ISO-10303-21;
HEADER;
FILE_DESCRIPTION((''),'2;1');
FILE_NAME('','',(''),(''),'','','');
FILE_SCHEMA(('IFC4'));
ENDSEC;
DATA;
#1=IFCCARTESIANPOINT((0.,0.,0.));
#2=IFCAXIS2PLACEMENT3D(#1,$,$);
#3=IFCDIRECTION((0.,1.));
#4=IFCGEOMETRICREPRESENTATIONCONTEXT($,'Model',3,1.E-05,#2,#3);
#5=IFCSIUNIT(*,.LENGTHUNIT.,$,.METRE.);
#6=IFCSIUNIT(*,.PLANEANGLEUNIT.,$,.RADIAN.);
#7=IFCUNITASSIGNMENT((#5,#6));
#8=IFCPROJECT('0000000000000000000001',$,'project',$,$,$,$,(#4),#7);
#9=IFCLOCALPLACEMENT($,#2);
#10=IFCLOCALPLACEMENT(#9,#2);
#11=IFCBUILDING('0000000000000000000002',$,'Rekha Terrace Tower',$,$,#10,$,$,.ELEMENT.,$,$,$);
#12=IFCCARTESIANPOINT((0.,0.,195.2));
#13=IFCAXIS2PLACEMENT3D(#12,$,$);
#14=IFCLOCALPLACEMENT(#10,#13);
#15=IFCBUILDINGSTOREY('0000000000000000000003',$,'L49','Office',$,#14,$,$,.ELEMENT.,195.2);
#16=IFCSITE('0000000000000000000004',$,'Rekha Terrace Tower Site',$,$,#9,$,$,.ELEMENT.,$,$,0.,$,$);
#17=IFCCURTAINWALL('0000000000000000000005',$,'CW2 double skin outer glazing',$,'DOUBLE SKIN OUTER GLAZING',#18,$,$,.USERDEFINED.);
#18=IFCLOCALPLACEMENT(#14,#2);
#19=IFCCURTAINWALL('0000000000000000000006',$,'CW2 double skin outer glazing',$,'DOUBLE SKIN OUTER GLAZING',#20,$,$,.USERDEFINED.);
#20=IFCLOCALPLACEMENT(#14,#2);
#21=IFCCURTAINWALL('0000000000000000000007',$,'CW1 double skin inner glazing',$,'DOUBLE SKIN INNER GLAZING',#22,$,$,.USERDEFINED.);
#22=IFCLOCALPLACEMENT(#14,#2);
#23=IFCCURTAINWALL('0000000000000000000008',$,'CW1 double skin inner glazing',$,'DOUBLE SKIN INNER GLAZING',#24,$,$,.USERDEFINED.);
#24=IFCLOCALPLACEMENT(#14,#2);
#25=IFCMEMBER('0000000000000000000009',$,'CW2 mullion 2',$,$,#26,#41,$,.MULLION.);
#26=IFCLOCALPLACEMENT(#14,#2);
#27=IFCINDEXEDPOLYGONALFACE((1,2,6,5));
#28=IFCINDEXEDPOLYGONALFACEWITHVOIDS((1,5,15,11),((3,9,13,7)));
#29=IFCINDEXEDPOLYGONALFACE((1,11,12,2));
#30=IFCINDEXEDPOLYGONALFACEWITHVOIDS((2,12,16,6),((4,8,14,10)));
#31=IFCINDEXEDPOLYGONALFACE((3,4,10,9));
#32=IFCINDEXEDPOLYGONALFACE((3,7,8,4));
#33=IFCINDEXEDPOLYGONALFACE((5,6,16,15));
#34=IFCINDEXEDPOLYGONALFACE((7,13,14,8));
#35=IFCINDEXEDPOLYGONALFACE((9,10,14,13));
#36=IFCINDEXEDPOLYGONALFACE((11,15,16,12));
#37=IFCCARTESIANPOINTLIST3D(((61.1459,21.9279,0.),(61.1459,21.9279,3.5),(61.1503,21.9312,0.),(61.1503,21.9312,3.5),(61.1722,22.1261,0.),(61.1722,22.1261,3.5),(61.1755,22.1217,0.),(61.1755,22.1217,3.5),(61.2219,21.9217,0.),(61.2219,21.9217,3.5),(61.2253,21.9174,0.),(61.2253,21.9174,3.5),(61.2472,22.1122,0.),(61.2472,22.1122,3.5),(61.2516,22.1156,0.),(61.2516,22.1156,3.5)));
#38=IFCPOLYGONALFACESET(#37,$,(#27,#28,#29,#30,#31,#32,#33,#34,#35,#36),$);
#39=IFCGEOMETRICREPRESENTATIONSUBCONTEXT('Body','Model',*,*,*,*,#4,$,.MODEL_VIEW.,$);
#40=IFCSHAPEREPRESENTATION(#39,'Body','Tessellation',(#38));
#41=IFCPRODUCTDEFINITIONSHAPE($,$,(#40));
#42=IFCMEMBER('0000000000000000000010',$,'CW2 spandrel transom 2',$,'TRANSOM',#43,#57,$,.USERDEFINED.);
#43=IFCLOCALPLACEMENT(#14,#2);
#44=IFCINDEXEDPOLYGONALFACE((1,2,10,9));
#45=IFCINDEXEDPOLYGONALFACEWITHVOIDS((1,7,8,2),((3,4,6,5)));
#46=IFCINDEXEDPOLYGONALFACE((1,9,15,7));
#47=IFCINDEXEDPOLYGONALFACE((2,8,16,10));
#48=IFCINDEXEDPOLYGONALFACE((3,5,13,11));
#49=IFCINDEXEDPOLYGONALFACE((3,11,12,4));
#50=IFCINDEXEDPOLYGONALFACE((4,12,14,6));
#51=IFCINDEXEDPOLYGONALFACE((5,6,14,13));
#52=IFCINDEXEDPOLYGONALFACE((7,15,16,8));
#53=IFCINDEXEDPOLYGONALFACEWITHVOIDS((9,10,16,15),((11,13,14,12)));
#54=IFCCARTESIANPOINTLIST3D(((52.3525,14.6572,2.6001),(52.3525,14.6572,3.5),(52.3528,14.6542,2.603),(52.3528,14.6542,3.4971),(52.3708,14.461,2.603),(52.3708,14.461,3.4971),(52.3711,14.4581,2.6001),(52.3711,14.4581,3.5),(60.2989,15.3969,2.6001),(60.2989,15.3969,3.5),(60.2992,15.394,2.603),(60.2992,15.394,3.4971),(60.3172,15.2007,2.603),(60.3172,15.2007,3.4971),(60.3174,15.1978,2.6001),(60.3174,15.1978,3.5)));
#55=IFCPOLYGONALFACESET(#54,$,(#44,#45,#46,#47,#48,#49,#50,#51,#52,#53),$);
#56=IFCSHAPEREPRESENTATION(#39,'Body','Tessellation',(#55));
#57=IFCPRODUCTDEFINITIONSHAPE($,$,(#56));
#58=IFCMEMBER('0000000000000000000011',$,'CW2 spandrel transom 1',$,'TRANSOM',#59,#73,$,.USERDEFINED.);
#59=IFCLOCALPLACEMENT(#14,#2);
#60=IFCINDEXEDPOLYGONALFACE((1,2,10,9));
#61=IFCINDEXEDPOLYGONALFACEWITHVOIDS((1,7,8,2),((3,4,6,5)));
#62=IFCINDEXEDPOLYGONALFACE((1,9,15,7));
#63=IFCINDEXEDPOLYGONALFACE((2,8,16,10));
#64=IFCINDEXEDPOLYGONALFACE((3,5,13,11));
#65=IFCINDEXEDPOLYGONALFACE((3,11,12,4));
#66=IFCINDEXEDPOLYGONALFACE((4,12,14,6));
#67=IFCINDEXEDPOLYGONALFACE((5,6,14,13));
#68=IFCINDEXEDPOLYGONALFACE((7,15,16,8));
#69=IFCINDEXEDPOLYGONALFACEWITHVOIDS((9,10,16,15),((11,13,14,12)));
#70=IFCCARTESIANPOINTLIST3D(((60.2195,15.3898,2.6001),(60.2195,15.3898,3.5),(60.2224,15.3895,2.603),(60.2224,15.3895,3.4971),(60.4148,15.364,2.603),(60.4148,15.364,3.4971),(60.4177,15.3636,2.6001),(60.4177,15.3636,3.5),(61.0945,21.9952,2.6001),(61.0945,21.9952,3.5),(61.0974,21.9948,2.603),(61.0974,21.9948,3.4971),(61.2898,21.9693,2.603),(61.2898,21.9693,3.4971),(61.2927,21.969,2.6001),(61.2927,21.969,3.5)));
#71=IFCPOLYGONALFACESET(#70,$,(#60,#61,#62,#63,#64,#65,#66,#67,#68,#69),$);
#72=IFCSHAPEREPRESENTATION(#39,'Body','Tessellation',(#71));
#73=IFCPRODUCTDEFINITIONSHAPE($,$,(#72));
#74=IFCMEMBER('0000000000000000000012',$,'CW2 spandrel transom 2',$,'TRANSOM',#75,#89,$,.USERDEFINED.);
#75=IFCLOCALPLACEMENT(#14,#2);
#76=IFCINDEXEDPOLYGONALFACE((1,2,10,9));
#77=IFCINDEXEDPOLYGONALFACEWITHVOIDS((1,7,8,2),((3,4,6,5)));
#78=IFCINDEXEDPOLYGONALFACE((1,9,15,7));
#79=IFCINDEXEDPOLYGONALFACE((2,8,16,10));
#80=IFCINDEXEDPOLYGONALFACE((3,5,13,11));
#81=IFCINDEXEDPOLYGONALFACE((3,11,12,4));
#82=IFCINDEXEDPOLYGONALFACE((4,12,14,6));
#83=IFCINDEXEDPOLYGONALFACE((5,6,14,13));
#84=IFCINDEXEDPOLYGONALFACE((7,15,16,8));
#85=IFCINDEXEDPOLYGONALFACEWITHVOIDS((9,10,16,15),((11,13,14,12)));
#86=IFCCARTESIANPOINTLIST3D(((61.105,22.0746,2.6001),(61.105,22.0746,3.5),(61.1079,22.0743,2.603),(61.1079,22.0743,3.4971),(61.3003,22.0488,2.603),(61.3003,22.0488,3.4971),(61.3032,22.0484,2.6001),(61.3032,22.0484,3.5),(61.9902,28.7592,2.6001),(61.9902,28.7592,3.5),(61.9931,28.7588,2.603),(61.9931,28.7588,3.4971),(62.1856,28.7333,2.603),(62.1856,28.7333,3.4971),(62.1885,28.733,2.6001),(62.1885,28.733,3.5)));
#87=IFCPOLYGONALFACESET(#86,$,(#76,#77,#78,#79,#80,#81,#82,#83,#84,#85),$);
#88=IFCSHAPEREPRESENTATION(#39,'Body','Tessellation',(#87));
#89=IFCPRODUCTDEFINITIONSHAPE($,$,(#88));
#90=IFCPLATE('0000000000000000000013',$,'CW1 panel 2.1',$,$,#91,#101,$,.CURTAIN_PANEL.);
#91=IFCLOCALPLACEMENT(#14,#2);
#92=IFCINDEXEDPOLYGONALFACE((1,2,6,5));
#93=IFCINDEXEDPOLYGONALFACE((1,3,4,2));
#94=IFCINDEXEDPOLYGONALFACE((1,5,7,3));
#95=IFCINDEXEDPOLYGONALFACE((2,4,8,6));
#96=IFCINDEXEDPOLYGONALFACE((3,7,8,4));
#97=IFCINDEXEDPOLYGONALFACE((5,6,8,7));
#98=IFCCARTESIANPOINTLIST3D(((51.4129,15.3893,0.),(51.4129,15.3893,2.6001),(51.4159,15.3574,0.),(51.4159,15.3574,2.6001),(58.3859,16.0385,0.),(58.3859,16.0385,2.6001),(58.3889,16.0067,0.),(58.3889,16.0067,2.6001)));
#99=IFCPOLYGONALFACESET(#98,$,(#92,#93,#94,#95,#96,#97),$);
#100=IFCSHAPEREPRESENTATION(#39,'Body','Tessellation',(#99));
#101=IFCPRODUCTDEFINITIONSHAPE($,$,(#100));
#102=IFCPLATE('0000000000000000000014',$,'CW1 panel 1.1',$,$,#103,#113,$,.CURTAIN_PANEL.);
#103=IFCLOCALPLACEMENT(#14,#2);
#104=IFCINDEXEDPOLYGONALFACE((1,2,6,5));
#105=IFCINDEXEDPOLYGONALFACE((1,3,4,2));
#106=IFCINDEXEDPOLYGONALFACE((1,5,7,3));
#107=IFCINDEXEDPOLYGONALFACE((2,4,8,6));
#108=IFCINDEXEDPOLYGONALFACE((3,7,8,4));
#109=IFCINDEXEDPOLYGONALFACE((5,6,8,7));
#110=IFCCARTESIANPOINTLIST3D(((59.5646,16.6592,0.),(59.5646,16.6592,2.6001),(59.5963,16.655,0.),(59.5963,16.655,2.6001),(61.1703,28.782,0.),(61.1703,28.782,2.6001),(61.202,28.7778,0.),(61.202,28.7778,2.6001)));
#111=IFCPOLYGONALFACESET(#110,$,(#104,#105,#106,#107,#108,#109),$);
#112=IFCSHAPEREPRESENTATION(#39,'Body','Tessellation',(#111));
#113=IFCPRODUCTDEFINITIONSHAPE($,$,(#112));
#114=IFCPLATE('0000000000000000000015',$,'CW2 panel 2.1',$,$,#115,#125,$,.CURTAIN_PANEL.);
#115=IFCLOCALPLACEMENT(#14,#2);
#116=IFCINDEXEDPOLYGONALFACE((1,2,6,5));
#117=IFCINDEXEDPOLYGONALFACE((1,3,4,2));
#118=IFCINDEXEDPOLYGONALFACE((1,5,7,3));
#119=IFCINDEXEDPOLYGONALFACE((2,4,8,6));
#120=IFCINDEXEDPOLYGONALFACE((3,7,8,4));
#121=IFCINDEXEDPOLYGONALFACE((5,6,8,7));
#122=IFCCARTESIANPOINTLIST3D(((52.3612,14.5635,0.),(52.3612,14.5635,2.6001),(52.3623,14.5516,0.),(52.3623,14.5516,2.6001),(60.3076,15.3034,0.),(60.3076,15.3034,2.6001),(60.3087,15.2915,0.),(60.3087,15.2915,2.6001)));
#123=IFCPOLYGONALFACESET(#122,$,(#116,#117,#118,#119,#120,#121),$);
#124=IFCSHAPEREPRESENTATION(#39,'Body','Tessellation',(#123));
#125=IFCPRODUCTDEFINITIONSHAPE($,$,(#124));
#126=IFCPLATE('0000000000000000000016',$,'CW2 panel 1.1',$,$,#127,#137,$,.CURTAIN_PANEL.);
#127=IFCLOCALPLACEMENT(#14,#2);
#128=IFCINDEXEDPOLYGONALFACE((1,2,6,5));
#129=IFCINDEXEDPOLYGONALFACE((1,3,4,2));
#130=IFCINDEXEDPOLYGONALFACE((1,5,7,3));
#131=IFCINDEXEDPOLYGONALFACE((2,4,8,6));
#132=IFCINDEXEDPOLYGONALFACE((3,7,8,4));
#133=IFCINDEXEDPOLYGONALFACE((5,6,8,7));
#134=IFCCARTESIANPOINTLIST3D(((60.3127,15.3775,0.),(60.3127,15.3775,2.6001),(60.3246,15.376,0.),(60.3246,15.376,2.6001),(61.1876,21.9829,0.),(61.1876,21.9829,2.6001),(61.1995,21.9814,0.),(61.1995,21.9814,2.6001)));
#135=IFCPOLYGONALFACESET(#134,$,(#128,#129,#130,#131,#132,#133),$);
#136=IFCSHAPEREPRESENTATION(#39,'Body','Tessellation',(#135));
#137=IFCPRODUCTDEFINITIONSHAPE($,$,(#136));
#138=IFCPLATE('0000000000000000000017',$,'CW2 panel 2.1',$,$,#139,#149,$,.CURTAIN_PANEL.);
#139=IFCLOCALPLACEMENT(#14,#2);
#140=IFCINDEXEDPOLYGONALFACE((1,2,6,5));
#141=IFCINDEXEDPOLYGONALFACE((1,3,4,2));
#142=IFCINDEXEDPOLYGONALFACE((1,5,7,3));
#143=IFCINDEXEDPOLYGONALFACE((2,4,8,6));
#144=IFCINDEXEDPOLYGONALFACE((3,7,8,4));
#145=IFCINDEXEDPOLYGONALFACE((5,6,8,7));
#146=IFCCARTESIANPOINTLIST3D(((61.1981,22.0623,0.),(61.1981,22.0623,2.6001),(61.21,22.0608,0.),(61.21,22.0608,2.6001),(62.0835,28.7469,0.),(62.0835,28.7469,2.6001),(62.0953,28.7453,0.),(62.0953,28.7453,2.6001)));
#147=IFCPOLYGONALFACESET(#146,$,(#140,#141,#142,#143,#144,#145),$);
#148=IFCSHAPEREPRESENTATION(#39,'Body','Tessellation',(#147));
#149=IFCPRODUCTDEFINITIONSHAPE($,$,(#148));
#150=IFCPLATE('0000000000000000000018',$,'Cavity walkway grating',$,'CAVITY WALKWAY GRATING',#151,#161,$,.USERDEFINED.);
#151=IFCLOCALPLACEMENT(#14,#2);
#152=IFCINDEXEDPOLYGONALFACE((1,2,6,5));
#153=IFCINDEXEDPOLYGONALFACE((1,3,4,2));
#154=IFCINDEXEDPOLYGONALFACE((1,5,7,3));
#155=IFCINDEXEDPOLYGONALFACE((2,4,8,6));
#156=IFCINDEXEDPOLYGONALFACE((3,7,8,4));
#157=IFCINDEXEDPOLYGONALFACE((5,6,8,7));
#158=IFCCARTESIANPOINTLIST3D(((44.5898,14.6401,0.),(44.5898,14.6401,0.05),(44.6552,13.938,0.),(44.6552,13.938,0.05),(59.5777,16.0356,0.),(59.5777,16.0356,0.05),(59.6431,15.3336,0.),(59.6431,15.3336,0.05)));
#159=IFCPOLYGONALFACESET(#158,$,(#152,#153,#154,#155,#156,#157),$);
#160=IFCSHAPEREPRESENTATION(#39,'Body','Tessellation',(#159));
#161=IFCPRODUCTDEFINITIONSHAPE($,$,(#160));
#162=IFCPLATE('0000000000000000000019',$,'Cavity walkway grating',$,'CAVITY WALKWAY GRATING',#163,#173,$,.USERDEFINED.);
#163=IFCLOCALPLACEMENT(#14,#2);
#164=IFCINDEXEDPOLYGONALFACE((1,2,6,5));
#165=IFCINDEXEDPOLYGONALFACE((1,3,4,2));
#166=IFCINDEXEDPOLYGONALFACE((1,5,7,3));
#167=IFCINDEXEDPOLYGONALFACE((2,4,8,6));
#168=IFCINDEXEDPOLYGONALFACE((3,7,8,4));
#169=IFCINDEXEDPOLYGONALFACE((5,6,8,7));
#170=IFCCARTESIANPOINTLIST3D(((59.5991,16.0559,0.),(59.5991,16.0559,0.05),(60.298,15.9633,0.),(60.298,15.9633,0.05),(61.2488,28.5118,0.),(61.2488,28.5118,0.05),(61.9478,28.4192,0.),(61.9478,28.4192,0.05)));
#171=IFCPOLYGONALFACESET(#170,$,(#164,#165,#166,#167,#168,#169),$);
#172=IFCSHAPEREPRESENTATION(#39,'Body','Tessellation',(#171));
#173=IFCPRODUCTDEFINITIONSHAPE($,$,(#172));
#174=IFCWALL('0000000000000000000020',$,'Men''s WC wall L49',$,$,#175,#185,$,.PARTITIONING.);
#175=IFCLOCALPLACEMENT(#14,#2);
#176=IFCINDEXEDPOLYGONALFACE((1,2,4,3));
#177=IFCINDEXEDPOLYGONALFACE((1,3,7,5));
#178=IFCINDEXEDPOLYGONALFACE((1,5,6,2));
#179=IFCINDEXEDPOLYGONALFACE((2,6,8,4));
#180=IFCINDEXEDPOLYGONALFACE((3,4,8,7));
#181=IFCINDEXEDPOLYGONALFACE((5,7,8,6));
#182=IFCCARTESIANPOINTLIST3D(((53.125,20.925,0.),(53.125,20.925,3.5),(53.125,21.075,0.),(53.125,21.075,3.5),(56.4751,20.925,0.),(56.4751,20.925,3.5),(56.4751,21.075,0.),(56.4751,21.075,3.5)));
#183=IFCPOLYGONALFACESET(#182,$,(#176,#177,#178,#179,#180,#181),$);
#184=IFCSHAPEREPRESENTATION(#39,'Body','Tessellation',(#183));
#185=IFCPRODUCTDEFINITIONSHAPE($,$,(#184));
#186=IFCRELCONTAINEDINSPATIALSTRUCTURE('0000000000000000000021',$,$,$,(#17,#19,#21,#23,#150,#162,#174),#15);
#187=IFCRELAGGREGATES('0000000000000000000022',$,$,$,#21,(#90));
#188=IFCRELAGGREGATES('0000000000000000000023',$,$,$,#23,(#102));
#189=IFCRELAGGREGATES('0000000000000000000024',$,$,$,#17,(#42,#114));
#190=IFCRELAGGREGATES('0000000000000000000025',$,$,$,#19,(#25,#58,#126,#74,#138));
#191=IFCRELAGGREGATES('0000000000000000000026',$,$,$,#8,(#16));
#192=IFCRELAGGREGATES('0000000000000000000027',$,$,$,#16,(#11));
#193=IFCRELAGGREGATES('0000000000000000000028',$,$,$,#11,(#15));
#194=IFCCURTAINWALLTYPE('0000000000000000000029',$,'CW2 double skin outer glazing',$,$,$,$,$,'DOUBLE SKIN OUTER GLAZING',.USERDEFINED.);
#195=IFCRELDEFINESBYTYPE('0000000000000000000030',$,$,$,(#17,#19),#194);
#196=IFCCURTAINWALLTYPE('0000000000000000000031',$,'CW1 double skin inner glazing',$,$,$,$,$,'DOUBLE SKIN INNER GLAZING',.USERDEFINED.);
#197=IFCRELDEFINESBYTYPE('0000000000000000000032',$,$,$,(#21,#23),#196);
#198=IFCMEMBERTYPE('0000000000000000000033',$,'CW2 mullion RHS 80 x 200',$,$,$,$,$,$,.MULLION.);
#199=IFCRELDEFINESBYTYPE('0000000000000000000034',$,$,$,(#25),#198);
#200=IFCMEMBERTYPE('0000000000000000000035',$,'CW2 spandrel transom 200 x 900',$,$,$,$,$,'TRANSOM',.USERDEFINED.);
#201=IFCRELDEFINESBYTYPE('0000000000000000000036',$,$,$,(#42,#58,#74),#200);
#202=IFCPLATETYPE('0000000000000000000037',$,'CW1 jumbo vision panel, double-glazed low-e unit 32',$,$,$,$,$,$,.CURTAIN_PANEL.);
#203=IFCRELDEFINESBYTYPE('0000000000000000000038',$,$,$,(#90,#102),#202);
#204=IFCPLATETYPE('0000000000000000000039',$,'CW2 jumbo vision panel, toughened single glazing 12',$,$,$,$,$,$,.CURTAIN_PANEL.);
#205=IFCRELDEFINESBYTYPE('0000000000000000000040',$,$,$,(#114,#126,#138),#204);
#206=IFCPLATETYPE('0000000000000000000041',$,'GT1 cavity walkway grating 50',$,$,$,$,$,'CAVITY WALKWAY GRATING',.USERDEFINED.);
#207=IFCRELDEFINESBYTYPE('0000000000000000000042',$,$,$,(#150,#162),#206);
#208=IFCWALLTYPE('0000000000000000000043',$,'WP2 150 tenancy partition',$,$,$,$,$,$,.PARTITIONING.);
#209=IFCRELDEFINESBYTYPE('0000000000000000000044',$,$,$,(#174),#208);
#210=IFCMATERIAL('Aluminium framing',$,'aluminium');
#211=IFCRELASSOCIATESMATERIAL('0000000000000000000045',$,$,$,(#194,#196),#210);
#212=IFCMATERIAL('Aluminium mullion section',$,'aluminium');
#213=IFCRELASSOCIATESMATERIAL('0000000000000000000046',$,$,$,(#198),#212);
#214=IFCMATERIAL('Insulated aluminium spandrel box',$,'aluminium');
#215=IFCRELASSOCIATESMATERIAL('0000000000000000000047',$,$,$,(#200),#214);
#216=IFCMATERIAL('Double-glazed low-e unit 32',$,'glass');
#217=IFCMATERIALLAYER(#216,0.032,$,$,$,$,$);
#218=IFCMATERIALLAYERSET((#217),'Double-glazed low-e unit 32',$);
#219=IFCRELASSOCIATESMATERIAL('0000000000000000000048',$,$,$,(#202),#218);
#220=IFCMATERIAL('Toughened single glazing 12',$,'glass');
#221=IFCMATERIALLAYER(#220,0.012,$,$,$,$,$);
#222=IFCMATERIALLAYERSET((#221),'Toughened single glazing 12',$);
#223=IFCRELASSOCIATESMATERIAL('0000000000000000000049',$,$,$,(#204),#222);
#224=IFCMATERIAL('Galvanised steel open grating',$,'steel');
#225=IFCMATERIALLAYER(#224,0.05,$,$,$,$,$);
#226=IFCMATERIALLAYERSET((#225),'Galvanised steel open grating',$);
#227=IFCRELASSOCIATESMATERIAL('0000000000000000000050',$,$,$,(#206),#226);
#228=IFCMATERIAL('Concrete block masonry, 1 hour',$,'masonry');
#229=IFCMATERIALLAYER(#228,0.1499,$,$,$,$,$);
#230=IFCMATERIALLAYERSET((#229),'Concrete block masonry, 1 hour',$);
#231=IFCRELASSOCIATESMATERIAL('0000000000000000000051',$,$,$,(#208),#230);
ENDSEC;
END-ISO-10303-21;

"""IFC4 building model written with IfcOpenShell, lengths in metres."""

from ifc_helpers import new_model, si_unit, direction, frame, frame_2d, origin, origin_2d, place, context, subcontext, project, spatial, rectangle, hollow_rectangle, extrude, material, layer, layer_set, material_profile, profile_set, type_object, element, aggregate, save


model = new_model("IFC4")

# Units and contexts
model_context = context("Model", 3, precision=1e-05, world=origin(), true_north=direction((0.0, 1.0)))
body_context = subcontext(model_context, "Body", "Model", "MODEL_VIEW")
ifc_project = project(units=[si_unit("LENGTHUNIT", "METRE"), si_unit("PLANEANGLEUNIT", "RADIAN")], contexts=[model_context])

# Site, building, storey
site_placement = place(None, origin())
site = spatial("IfcSite", under=ifc_project, at=site_placement, Name="Rekha Terrace Tower Site", CompositionType="ELEMENT", RefElevation=0.0)
building_placement = place(site_placement, origin())
building = spatial("IfcBuilding", under=site, at=building_placement, Name="Rekha Terrace Tower", CompositionType="ELEMENT")
storey_placement = place(building_placement, frame((0.0, 0.0, 195.2)))
storey = spatial("IfcBuildingStorey", under=building, at=storey_placement, Name="L49", Description="Office", CompositionType="ELEMENT", Elevation=195.2)

# Curtain walls
ifc_material_1 = material(Name="Aluminium framing", Category="aluminium")
curtain_wall_type_1 = type_object("IfcCurtainWallType", Name="CW2 double skin outer glazing", ElementType="DOUBLE SKIN OUTER GLAZING", PredefinedType="USERDEFINED", material=ifc_material_1)
curtain_wall_1_placement = place(storey_placement, origin())
curtain_wall_1 = element("IfcCurtainWall", 1, at=curtain_wall_1_placement, inside=storey, type_object=curtain_wall_type_1, Name="CW2 double skin outer glazing", ObjectType="DOUBLE SKIN OUTER GLAZING", PredefinedType="USERDEFINED")
curtain_wall_2_placement = place(storey_placement, origin())
curtain_wall_2 = element("IfcCurtainWall", 2, at=curtain_wall_2_placement, inside=storey, type_object=curtain_wall_type_1, Name="CW2 double skin outer glazing", ObjectType="DOUBLE SKIN OUTER GLAZING", PredefinedType="USERDEFINED")

# Curtain wall
curtain_wall_type_2 = type_object("IfcCurtainWallType", Name="CW1 double skin inner glazing", ElementType="DOUBLE SKIN INNER GLAZING", PredefinedType="USERDEFINED", material=ifc_material_1)
curtain_wall_3_placement = place(storey_placement, origin())
curtain_wall_3 = element("IfcCurtainWall", 3, at=curtain_wall_3_placement, inside=storey, type_object=curtain_wall_type_2, Name="CW1 double skin inner glazing", ObjectType="DOUBLE SKIN INNER GLAZING", PredefinedType="USERDEFINED")
ifc_material_2 = material(Name="Aluminium mullion section", Category="aluminium")

# Curtain wall
curtain_wall_4_placement = place(storey_placement, origin())
curtain_wall_4 = element("IfcCurtainWall", 4, at=curtain_wall_4_placement, inside=storey, type_object=curtain_wall_type_2, Name="CW1 double skin inner glazing", ObjectType="DOUBLE SKIN INNER GLAZING", PredefinedType="USERDEFINED")

# Members
ifc_material_3 = material(Name="Insulated aluminium spandrel box", Category="aluminium")
ifc_material_profile_1 = material_profile(ifc_material_2, hollow_rectangle(XDim=0.0801, YDim=0.2, WallThickness=0.0039, at=origin_2d()), Name="AL RHS 80x200")
ifc_profile_set_1 = profile_set([ifc_material_profile_1], Name="Aluminium mullion section")
member_type_1 = type_object("IfcMemberType", Name="CW2 mullion RHS 80 x 200", PredefinedType="MULLION", material=ifc_profile_set_1)
member_1_placement = place(storey_placement, frame((61.1987, 22.0217, 0.0), z_axis=(0.0, 0.0, 1.0), x_axis=(-0.991342, 0.131304, 0.0)))
member_1 = element("IfcMember", 5, at=member_1_placement, type_object=member_type_1, Name="CW2 mullion 2", PredefinedType="MULLION", context=body_context, shape_type="SweptSolid", body=[
    extrude(hollow_rectangle(XDim=0.0801, YDim=0.2, WallThickness=0.0039, at=origin_2d()), origin(), (0.0, 0.0, 1.0), 3.5),
])
ifc_material_profile_2 = material_profile(ifc_material_3, hollow_rectangle(XDim=0.2, YDim=0.8999, WallThickness=0.0029, at=origin_2d()), Name="AL SPANDREL BOX 200x900")
ifc_profile_set_2 = profile_set([ifc_material_profile_2], Name="Insulated aluminium spandrel box")
member_type_2 = type_object("IfcMemberType", Name="CW2 spandrel transom 200 x 900", ElementType="TRANSOM", PredefinedType="USERDEFINED", material=ifc_profile_set_2)
member_2_placement = place(storey_placement, frame((52.3618, 14.5576, 3.05), z_axis=(0.995695, 0.092692, 0.0), x_axis=(-0.092692, 0.995695, 0.0)))
member_2 = element("IfcMember", 6, at=member_2_placement, type_object=member_type_2, Name="CW2 spandrel transom 2", ObjectType="TRANSOM", PredefinedType="USERDEFINED", context=body_context, shape_type="SweptSolid", body=[
    extrude(hollow_rectangle(XDim=0.2, YDim=0.8999, WallThickness=0.0029, at=origin_2d()), origin(), (0.0, 0.0, 1.0), 7.9807),
])
member_3_placement = place(storey_placement, frame((60.3186, 15.3767, 3.05), z_axis=(0.131319, 0.99134, 0.0), x_axis=(-0.99134, 0.131319, 0.0)))
member_3 = element("IfcMember", 7, at=member_3_placement, type_object=member_type_2, Name="CW2 spandrel transom 1", ObjectType="TRANSOM", PredefinedType="USERDEFINED", context=body_context, shape_type="SweptSolid", body=[
    extrude(hollow_rectangle(XDim=0.2, YDim=0.8999, WallThickness=0.0029, at=origin_2d()), origin(), (0.0, 0.0, 1.0), 6.6631),
])
member_4_placement = place(storey_placement, frame((61.2041, 22.0615, 3.05), z_axis=(0.131286, 0.991345, 0.0), x_axis=(-0.991345, 0.131286, 0.0)))
member_4 = element("IfcMember", 8, at=member_4_placement, type_object=member_type_2, Name="CW2 spandrel transom 2", ObjectType="TRANSOM", PredefinedType="USERDEFINED", context=body_context, shape_type="SweptSolid", body=[
    extrude(hollow_rectangle(XDim=0.2, YDim=0.8999, WallThickness=0.0029, at=origin_2d()), origin(), (0.0, 0.0, 1.0), 6.7429),
])

# Plates
ifc_material_4 = material(Name="Double-glazed low-e unit 32", Category="glass")
ifc_layer_1 = layer(ifc_material_4, 0.032)
ifc_layer_set_1 = layer_set([ifc_layer_1], Name="Double-glazed low-e unit 32")
plate_type_1 = type_object("IfcPlateType", Name="CW1 jumbo vision panel, double-glazed low-e unit 32", PredefinedType="CURTAIN_PANEL", material=ifc_layer_set_1)
plate_1_placement = place(storey_placement, frame((54.9009, 15.698, 0.0), z_axis=(0.0, 0.0, 1.0), x_axis=(0.995693, 0.092709, 0.0)))
plate_1 = element("IfcPlate", 9, at=plate_1_placement, type_object=plate_type_1, Name="CW1 panel 2.1", PredefinedType="CURTAIN_PANEL", context=body_context, shape_type="SweptSolid", body=[
    extrude(rectangle(XDim=7.0032, YDim=0.032, at=origin_2d()), origin(), (0.0, 0.0, 1.0), 2.6001),
])
aggregate(curtain_wall_3, [plate_1])
plate_2_placement = place(storey_placement, frame((60.3833, 22.7185, 0.0), z_axis=(0.0, 0.0, 1.0), x_axis=(0.131304, 0.991342, 0.0)))
plate_2 = element("IfcPlate", 10, at=plate_2_placement, type_object=plate_type_1, Name="CW1 panel 1.1", PredefinedType="CURTAIN_PANEL", context=body_context, shape_type="SweptSolid", body=[
    extrude(rectangle(XDim=12.2288, YDim=0.032, at=origin_2d()), origin(), (0.0, 0.0, 1.0), 2.6001),
])
aggregate(curtain_wall_4, [plate_2])
ifc_material_5 = material(Name="Toughened single glazing 12", Category="glass")
ifc_layer_2 = layer(ifc_material_5, 0.012)
ifc_layer_set_2 = layer_set([ifc_layer_2], Name="Toughened single glazing 12")
plate_type_2 = type_object("IfcPlateType", Name="CW2 jumbo vision panel, toughened single glazing 12", PredefinedType="CURTAIN_PANEL", material=ifc_layer_set_2)
plate_3_placement = place(storey_placement, frame((56.335, 14.9275, 0.0), z_axis=(0.0, 0.0, 1.0), x_axis=(0.995693, 0.092709, 0.0)))
plate_3 = element("IfcPlate", 11, at=plate_3_placement, type_object=plate_type_2, Name="CW2 panel 2.1", PredefinedType="CURTAIN_PANEL", context=body_context, shape_type="SweptSolid", body=[
    extrude(rectangle(XDim=7.9807, YDim=0.012, at=origin_2d()), origin(), (0.0, 0.0, 1.0), 2.6001),
])
aggregate(curtain_wall_1, [member_2, plate_3])
plate_4_placement = place(storey_placement, frame((60.7561, 18.6794, 0.0), z_axis=(0.0, 0.0, 1.0), x_axis=(0.131304, 0.991342, 0.0)))
plate_4 = element("IfcPlate", 12, at=plate_4_placement, type_object=plate_type_2, Name="CW2 panel 1.1", PredefinedType="CURTAIN_PANEL", context=body_context, shape_type="SweptSolid", body=[
    extrude(rectangle(XDim=6.6631, YDim=0.012, at=origin_2d()), origin(), (0.0, 0.0, 1.0), 2.6001),
])
plate_5_placement = place(storey_placement, frame((61.6467, 25.4038, 0.0), z_axis=(0.0, 0.0, 1.0), x_axis=(0.131304, 0.991342, 0.0)))
plate_5 = element("IfcPlate", 13, at=plate_5_placement, type_object=plate_type_2, Name="CW2 panel 2.1", PredefinedType="CURTAIN_PANEL", context=body_context, shape_type="SweptSolid", body=[
    extrude(rectangle(XDim=6.7429, YDim=0.012, at=origin_2d()), origin(), (0.0, 0.0, 1.0), 2.6001),
])
aggregate(curtain_wall_2, [member_1, member_3, plate_4, member_4, plate_5])

# Plates
ifc_material_6 = material(Name="Galvanised steel open grating", Category="steel")
ifc_layer_3 = layer(ifc_material_6, 0.05)
ifc_layer_set_3 = layer_set([ifc_layer_3], Name="Galvanised steel open grating")
plate_type_3 = type_object("IfcPlateType", Name="GT1 cavity walkway grating 50", ElementType="CAVITY WALKWAY GRATING", PredefinedType="USERDEFINED", material=ifc_layer_set_3)
plate_6_placement = place(storey_placement, frame((52.1165, 14.9868, 0.0), z_axis=(0.0, 0.0, 1.0), x_axis=(0.995693, 0.092709, 0.0)))
element("IfcPlate", 14, at=plate_6_placement, inside=storey, type_object=plate_type_3, Name="Cavity walkway grating", ObjectType="CAVITY WALKWAY GRATING", PredefinedType="USERDEFINED", context=body_context, shape_type="SweptSolid", body=[
    extrude(rectangle(XDim=15.0527, YDim=0.7051, at=origin_2d()), origin(), (0.0, 0.0, 1.0), 0.05),
])
plate_7_placement = place(storey_placement, frame((60.7734, 22.2375, 0.0), z_axis=(0.0, 0.0, 1.0), x_axis=(0.131304, 0.991342, 0.0)))
element("IfcPlate", 15, at=plate_7_placement, inside=storey, type_object=plate_type_3, Name="Cavity walkway grating", ObjectType="CAVITY WALKWAY GRATING", PredefinedType="USERDEFINED", context=body_context, shape_type="SweptSolid", body=[
    extrude(rectangle(XDim=12.5647, YDim=0.7051, at=origin_2d()), origin(), (0.0, 0.0, 1.0), 0.05),
])

# Wall
ifc_material_7 = material(Name="Concrete block masonry, 1 hour", Category="masonry")
ifc_layer_4 = layer(ifc_material_7, 0.1499)
ifc_layer_set_4 = layer_set([ifc_layer_4], Name="Concrete block masonry, 1 hour")
wall_type_1 = type_object("IfcWallType", Name="WP2 150 tenancy partition", PredefinedType="PARTITIONING", material=ifc_layer_set_4)
wall_1_placement = place(storey_placement, frame((53.125, 21.0, 0.0), z_axis=(0.0, 0.0, 1.0), x_axis=(1.0, 0.0, 0.0)))
element("IfcWall", 16, at=wall_1_placement, inside=storey, type_object=wall_type_1, Name="Men's WC wall L49", PredefinedType="PARTITIONING", context=body_context, shape_type="SweptSolid", body=[
    extrude(rectangle(XDim=3.3501, YDim=0.1499, at=frame_2d((1.675, 0.0))), origin(), (0.0, 0.0, 1.0), 3.5),
])

save(model, "model.ifc")
